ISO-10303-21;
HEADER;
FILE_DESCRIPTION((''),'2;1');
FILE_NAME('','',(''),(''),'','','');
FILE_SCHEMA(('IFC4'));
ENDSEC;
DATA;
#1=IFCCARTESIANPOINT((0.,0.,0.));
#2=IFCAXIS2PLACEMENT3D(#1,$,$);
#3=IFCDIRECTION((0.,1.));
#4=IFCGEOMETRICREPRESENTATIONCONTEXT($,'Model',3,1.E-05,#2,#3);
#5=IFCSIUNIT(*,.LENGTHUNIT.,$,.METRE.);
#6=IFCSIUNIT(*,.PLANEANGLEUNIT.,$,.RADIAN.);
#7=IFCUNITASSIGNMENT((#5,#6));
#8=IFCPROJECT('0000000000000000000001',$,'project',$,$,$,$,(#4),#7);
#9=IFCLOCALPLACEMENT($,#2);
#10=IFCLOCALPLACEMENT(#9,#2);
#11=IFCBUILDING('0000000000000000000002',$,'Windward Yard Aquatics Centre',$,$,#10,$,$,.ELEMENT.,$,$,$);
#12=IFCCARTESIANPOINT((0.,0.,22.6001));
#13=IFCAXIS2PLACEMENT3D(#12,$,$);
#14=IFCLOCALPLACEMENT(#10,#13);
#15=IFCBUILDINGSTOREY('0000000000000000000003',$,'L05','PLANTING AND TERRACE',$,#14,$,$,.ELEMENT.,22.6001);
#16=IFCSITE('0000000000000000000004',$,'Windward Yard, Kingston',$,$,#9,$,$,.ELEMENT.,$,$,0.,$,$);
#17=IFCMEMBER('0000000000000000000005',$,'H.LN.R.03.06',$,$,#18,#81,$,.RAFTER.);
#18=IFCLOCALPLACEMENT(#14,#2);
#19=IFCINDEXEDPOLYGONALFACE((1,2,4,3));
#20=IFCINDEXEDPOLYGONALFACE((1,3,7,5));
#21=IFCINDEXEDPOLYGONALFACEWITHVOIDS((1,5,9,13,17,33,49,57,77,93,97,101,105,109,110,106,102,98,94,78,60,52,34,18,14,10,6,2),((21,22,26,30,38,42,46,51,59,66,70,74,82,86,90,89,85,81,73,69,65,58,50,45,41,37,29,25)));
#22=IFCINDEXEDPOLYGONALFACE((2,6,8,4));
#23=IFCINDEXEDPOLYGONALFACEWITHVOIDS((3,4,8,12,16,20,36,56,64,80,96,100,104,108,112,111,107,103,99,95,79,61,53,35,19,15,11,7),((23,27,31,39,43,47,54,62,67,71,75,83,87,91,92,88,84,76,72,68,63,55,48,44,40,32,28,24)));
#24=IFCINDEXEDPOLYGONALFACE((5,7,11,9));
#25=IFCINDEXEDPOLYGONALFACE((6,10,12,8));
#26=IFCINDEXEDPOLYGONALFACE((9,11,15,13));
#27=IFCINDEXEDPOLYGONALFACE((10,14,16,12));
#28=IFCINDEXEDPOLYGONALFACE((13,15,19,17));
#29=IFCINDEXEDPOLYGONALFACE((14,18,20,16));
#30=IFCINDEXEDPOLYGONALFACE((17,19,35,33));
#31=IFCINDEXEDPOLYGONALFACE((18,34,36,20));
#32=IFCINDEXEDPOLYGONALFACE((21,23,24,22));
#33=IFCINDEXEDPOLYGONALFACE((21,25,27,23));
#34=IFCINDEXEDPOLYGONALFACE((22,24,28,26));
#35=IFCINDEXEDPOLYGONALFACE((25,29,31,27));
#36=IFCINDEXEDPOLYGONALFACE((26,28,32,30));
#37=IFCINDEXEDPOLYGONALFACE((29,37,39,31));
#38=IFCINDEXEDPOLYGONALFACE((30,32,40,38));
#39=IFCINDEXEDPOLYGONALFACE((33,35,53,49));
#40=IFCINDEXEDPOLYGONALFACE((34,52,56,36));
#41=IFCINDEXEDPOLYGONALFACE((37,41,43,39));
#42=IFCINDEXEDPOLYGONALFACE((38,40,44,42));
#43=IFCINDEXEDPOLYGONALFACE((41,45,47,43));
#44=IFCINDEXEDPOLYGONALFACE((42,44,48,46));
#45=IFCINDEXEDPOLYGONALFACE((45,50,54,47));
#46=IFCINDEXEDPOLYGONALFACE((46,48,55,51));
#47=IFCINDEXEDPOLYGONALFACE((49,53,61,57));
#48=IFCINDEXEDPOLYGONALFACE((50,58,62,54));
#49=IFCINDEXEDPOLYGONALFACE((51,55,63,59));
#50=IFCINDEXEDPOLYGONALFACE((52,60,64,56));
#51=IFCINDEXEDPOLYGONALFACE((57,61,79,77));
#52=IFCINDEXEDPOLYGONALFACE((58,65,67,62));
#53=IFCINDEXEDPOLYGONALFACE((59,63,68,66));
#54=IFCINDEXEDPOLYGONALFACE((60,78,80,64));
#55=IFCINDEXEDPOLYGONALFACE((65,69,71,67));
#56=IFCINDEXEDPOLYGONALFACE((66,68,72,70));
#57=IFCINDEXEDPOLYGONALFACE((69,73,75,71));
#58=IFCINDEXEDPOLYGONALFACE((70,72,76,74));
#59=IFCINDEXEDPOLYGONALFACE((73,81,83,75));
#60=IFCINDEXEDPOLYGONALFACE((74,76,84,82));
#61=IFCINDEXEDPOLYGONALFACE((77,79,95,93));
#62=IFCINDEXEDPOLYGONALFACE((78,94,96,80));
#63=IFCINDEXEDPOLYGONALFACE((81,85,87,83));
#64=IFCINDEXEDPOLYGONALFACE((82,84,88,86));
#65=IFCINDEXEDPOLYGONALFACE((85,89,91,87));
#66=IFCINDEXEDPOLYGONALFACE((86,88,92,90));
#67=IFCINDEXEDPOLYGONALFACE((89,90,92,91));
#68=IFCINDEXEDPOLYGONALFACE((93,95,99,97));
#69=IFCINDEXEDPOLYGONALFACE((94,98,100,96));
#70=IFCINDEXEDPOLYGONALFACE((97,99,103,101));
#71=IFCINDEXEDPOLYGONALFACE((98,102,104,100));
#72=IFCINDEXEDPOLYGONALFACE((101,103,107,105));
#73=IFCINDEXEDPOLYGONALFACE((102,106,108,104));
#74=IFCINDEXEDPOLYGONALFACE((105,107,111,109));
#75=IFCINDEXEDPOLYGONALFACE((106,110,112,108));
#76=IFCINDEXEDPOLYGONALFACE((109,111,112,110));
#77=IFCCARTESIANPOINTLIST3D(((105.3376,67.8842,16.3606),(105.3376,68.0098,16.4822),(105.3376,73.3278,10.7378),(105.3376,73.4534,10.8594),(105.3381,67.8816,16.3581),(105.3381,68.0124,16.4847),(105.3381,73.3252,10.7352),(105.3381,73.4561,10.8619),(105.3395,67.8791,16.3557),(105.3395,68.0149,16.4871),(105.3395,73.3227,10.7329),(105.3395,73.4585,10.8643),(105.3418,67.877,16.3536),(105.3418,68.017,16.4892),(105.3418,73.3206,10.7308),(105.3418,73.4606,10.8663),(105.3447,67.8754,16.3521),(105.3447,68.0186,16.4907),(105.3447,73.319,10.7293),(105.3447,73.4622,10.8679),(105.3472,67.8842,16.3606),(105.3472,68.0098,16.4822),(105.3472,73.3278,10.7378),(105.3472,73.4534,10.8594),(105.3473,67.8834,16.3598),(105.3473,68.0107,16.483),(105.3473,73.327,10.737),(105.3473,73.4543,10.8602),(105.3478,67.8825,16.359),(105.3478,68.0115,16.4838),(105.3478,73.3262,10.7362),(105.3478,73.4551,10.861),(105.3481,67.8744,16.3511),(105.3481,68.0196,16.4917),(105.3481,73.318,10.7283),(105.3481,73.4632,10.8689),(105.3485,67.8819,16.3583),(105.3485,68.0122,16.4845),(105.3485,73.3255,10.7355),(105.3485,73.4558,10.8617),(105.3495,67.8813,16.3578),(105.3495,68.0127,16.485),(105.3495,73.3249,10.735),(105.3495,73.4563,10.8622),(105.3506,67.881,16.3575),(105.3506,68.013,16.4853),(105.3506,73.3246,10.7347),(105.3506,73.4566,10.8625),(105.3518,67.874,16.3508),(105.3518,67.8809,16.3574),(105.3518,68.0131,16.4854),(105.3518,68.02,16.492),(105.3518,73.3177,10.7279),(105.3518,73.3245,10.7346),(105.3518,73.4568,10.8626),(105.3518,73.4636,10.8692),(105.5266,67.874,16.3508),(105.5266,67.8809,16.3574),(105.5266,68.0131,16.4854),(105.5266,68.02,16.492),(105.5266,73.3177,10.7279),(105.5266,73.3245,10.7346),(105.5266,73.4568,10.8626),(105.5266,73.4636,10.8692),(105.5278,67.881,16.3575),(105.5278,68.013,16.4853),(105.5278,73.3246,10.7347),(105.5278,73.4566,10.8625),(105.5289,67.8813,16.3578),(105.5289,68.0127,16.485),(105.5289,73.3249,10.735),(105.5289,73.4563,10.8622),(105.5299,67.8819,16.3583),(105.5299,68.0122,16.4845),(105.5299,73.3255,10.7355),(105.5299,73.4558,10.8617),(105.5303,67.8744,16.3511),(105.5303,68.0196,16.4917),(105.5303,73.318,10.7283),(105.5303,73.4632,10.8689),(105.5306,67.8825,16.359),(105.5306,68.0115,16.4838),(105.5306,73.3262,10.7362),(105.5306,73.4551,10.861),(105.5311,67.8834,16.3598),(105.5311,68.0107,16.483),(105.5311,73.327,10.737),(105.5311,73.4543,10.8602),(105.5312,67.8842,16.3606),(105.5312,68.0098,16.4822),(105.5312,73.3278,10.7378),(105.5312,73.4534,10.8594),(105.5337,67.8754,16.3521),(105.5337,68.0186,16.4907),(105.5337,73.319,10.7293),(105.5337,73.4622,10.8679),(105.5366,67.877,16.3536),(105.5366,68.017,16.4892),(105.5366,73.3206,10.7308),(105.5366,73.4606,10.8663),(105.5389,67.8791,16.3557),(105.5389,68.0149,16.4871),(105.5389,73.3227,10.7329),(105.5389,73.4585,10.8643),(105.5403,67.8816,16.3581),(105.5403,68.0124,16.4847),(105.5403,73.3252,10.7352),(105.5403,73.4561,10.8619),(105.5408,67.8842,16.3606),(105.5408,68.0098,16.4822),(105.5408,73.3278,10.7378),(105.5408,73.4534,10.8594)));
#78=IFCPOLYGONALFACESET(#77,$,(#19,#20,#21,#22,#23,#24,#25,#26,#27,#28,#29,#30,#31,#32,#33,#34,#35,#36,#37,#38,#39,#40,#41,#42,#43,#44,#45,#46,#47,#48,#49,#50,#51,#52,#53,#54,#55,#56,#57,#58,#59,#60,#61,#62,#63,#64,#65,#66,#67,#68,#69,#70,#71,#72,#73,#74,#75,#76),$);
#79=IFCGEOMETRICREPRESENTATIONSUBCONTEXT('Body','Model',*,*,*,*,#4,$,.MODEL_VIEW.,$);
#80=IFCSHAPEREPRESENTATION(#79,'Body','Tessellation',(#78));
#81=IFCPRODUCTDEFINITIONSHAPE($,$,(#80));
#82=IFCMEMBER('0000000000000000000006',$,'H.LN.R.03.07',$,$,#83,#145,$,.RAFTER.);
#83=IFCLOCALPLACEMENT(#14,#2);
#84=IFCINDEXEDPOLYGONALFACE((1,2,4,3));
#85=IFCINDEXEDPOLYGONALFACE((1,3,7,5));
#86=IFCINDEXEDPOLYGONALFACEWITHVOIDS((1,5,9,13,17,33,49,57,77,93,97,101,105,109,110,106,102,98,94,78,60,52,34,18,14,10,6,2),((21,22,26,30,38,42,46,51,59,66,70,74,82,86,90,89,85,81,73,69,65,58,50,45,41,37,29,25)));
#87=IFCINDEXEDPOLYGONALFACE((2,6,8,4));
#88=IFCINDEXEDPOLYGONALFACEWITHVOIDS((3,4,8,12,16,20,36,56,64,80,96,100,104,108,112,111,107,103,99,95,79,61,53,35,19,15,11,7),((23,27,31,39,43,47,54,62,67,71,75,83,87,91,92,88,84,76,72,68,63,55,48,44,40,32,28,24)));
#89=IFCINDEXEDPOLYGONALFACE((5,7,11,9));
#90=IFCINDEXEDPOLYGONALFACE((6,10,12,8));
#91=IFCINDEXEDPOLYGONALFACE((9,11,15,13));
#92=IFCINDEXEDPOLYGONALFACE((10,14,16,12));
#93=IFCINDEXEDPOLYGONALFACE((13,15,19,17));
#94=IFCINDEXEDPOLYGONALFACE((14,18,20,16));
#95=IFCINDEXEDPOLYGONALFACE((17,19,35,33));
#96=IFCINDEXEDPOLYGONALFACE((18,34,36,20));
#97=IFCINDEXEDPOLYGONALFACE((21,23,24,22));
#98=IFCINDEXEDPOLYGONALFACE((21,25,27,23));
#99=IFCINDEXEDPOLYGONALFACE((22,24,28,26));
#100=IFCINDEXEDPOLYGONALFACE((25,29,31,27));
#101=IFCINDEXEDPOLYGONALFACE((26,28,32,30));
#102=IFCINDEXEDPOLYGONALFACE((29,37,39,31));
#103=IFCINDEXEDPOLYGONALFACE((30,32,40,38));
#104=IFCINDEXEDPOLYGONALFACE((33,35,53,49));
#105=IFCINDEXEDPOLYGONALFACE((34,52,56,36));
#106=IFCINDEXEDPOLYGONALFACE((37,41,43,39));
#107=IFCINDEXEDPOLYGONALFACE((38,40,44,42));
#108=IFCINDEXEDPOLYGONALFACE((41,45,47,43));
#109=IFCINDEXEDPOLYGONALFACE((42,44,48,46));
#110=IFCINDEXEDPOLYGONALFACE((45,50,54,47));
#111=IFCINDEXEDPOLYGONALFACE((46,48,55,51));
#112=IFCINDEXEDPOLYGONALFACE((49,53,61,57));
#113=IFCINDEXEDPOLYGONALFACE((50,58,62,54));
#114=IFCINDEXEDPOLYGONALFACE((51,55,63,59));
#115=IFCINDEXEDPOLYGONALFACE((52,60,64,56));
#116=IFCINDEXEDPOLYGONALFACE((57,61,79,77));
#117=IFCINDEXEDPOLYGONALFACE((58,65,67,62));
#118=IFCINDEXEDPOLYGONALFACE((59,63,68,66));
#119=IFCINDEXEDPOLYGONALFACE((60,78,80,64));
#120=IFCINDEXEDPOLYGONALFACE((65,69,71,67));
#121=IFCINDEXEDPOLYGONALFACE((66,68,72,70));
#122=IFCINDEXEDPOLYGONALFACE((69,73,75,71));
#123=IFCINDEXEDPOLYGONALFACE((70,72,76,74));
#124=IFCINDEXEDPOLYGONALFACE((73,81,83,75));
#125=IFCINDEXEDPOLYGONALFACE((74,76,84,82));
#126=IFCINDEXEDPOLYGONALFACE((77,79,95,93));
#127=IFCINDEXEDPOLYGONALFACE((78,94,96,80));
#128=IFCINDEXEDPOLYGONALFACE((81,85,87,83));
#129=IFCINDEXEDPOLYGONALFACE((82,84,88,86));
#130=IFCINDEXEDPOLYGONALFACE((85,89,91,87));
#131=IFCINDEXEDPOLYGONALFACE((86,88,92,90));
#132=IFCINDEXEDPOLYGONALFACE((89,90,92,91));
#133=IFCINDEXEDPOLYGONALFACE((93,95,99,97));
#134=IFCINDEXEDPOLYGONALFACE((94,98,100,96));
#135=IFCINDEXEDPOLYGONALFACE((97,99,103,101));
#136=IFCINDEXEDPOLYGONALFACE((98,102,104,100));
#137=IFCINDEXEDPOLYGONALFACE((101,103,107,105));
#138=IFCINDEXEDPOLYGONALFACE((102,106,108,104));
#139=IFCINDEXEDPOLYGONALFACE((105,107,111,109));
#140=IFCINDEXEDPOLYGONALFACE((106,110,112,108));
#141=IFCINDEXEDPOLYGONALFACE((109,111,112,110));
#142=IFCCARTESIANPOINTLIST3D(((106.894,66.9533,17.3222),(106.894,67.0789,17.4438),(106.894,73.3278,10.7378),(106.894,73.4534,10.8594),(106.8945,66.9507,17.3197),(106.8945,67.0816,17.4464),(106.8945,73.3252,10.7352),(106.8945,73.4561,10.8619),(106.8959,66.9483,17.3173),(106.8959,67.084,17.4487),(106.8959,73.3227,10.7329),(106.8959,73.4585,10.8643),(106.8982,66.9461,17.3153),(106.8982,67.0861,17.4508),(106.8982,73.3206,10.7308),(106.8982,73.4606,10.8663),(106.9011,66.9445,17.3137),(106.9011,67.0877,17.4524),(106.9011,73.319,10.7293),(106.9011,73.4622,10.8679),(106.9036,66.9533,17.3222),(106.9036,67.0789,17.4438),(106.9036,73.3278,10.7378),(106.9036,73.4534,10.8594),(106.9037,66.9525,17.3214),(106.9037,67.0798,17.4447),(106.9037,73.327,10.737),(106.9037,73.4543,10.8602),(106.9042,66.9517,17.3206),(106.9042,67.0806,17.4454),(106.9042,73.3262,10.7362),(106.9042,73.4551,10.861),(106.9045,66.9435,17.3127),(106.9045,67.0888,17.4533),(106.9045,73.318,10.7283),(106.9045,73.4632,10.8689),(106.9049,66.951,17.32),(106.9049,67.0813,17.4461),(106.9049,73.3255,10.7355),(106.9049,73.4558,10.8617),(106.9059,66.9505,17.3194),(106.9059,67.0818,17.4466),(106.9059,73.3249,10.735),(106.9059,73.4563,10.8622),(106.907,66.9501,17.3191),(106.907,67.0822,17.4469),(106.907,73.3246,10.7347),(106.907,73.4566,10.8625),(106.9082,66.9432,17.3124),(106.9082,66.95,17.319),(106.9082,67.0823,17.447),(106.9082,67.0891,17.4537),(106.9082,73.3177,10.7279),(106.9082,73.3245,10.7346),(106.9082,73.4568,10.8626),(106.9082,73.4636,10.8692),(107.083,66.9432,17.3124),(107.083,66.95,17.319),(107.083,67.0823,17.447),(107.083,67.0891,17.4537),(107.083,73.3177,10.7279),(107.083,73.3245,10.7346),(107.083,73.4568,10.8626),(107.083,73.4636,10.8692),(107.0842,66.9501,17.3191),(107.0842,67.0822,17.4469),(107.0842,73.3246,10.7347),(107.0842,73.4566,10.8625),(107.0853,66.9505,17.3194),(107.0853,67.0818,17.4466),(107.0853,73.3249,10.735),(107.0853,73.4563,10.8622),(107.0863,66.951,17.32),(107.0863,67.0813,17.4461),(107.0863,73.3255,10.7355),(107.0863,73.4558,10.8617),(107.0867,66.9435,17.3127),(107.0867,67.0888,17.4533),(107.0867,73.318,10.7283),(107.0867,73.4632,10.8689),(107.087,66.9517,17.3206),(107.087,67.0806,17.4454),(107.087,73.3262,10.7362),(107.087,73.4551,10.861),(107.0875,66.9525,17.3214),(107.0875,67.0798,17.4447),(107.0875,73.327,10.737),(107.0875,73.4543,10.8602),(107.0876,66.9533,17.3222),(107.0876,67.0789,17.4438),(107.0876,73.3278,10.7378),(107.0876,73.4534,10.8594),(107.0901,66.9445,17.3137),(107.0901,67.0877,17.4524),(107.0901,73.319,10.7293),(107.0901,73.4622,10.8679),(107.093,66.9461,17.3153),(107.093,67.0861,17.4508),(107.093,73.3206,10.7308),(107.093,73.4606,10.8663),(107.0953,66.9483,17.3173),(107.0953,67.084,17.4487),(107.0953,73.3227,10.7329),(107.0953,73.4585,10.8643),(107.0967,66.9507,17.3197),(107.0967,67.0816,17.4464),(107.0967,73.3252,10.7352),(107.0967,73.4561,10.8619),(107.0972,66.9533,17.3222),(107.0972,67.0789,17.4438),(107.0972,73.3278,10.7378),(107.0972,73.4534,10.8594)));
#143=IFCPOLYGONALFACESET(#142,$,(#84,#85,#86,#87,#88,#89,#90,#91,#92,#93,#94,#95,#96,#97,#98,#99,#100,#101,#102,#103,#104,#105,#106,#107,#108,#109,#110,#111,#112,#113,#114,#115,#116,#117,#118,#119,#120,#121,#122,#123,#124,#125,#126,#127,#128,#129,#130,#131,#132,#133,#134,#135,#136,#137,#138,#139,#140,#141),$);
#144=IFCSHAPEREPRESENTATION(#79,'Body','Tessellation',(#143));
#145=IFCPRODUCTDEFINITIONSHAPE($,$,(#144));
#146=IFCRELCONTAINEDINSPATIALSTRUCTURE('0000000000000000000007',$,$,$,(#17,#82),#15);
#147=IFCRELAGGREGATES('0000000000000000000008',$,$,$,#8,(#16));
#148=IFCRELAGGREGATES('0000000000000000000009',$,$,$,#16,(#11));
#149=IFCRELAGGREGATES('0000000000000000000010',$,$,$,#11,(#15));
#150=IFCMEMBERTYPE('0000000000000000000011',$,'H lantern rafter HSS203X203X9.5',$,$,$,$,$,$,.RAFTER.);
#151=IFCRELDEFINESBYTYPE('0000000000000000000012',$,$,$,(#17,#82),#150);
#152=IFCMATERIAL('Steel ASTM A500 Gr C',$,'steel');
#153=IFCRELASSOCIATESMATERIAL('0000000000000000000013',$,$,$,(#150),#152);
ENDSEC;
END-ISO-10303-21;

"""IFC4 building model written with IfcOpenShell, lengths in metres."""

from ifc_helpers import new_model, si_unit, direction, frame, origin, origin_2d, place, context, subcontext, project, spatial, hollow_rectangle, extrude, material, material_profile, profile_set, type_object, element, save


model = new_model("IFC4")

# Units and contexts
model_context = context("Model", 3, precision=1e-05, world=origin(), true_north=direction((0.0, 1.0)))
body_context = subcontext(model_context, "Body", "Model", "MODEL_VIEW")
ifc_project = project(units=[si_unit("LENGTHUNIT", "METRE"), si_unit("PLANEANGLEUNIT", "RADIAN")], contexts=[model_context])

# Site, building, storey
site_placement = place(None, origin())
site = spatial("IfcSite", under=ifc_project, at=site_placement, Name="Windward Yard, Kingston", CompositionType="ELEMENT", RefElevation=0.0)
building_placement = place(site_placement, origin())
building = spatial("IfcBuilding", under=site, at=building_placement, Name="Windward Yard Aquatics Centre", CompositionType="ELEMENT")
storey_placement = place(building_placement, frame((0.0, 0.0, 22.6001)))
storey = spatial("IfcBuildingStorey", under=building, at=storey_placement, Name="L05", Description="PLANTING AND TERRACE", CompositionType="ELEMENT", Elevation=22.6001)

# Members
ifc_material_1 = material(Name="Steel ASTM A500 Gr C", Category="steel")
ifc_material_profile_1 = material_profile(ifc_material_1, hollow_rectangle(XDim=0.2031, YDim=0.2031, WallThickness=0.0095, InnerFilletRadius=0.0046, OuterFilletRadius=0.0142, at=origin_2d()), Name="HSS203X203X9.5")
ifc_profile_set_1 = profile_set([ifc_material_profile_1], Name="Steel ASTM A500 Gr C")
member_type_1 = type_object("IfcMemberType", Name="H lantern rafter HSS203X203X9.5", PredefinedType="RAFTER", material=ifc_profile_set_1)
member_1_placement = place(storey_placement, frame((105.4392, 73.3906, 10.7986), z_axis=(0.0, -0.695565, 0.718463), x_axis=(1.0, 0.0, 0.0)))
element("IfcMember", 1, at=member_1_placement, inside=storey, type_object=member_type_1, Name="H.LN.R.03.06", PredefinedType="RAFTER", context=body_context, shape_type="SweptSolid", body=[
    extrude(hollow_rectangle(XDim=0.2031, YDim=0.2031, WallThickness=0.0095, InnerFilletRadius=0.0046, OuterFilletRadius=0.0142, at=origin_2d()), origin(), (0.0, 0.0, 1.0), 7.8262),
])
member_2_placement = place(storey_placement, frame((106.9956, 73.3906, 10.7986), z_axis=(0.0, -0.695559, 0.718469), x_axis=(1.0, 0.0, 0.0)))
element("IfcMember", 2, at=member_2_placement, inside=storey, type_object=member_type_1, Name="H.LN.R.03.07", PredefinedType="RAFTER", context=body_context, shape_type="SweptSolid", body=[
    extrude(hollow_rectangle(XDim=0.2031, YDim=0.2031, WallThickness=0.0095, InnerFilletRadius=0.0046, OuterFilletRadius=0.0142, at=origin_2d()), origin(), (0.0, 0.0, 1.0), 9.1646),
])

save(model, "model.ifc")
